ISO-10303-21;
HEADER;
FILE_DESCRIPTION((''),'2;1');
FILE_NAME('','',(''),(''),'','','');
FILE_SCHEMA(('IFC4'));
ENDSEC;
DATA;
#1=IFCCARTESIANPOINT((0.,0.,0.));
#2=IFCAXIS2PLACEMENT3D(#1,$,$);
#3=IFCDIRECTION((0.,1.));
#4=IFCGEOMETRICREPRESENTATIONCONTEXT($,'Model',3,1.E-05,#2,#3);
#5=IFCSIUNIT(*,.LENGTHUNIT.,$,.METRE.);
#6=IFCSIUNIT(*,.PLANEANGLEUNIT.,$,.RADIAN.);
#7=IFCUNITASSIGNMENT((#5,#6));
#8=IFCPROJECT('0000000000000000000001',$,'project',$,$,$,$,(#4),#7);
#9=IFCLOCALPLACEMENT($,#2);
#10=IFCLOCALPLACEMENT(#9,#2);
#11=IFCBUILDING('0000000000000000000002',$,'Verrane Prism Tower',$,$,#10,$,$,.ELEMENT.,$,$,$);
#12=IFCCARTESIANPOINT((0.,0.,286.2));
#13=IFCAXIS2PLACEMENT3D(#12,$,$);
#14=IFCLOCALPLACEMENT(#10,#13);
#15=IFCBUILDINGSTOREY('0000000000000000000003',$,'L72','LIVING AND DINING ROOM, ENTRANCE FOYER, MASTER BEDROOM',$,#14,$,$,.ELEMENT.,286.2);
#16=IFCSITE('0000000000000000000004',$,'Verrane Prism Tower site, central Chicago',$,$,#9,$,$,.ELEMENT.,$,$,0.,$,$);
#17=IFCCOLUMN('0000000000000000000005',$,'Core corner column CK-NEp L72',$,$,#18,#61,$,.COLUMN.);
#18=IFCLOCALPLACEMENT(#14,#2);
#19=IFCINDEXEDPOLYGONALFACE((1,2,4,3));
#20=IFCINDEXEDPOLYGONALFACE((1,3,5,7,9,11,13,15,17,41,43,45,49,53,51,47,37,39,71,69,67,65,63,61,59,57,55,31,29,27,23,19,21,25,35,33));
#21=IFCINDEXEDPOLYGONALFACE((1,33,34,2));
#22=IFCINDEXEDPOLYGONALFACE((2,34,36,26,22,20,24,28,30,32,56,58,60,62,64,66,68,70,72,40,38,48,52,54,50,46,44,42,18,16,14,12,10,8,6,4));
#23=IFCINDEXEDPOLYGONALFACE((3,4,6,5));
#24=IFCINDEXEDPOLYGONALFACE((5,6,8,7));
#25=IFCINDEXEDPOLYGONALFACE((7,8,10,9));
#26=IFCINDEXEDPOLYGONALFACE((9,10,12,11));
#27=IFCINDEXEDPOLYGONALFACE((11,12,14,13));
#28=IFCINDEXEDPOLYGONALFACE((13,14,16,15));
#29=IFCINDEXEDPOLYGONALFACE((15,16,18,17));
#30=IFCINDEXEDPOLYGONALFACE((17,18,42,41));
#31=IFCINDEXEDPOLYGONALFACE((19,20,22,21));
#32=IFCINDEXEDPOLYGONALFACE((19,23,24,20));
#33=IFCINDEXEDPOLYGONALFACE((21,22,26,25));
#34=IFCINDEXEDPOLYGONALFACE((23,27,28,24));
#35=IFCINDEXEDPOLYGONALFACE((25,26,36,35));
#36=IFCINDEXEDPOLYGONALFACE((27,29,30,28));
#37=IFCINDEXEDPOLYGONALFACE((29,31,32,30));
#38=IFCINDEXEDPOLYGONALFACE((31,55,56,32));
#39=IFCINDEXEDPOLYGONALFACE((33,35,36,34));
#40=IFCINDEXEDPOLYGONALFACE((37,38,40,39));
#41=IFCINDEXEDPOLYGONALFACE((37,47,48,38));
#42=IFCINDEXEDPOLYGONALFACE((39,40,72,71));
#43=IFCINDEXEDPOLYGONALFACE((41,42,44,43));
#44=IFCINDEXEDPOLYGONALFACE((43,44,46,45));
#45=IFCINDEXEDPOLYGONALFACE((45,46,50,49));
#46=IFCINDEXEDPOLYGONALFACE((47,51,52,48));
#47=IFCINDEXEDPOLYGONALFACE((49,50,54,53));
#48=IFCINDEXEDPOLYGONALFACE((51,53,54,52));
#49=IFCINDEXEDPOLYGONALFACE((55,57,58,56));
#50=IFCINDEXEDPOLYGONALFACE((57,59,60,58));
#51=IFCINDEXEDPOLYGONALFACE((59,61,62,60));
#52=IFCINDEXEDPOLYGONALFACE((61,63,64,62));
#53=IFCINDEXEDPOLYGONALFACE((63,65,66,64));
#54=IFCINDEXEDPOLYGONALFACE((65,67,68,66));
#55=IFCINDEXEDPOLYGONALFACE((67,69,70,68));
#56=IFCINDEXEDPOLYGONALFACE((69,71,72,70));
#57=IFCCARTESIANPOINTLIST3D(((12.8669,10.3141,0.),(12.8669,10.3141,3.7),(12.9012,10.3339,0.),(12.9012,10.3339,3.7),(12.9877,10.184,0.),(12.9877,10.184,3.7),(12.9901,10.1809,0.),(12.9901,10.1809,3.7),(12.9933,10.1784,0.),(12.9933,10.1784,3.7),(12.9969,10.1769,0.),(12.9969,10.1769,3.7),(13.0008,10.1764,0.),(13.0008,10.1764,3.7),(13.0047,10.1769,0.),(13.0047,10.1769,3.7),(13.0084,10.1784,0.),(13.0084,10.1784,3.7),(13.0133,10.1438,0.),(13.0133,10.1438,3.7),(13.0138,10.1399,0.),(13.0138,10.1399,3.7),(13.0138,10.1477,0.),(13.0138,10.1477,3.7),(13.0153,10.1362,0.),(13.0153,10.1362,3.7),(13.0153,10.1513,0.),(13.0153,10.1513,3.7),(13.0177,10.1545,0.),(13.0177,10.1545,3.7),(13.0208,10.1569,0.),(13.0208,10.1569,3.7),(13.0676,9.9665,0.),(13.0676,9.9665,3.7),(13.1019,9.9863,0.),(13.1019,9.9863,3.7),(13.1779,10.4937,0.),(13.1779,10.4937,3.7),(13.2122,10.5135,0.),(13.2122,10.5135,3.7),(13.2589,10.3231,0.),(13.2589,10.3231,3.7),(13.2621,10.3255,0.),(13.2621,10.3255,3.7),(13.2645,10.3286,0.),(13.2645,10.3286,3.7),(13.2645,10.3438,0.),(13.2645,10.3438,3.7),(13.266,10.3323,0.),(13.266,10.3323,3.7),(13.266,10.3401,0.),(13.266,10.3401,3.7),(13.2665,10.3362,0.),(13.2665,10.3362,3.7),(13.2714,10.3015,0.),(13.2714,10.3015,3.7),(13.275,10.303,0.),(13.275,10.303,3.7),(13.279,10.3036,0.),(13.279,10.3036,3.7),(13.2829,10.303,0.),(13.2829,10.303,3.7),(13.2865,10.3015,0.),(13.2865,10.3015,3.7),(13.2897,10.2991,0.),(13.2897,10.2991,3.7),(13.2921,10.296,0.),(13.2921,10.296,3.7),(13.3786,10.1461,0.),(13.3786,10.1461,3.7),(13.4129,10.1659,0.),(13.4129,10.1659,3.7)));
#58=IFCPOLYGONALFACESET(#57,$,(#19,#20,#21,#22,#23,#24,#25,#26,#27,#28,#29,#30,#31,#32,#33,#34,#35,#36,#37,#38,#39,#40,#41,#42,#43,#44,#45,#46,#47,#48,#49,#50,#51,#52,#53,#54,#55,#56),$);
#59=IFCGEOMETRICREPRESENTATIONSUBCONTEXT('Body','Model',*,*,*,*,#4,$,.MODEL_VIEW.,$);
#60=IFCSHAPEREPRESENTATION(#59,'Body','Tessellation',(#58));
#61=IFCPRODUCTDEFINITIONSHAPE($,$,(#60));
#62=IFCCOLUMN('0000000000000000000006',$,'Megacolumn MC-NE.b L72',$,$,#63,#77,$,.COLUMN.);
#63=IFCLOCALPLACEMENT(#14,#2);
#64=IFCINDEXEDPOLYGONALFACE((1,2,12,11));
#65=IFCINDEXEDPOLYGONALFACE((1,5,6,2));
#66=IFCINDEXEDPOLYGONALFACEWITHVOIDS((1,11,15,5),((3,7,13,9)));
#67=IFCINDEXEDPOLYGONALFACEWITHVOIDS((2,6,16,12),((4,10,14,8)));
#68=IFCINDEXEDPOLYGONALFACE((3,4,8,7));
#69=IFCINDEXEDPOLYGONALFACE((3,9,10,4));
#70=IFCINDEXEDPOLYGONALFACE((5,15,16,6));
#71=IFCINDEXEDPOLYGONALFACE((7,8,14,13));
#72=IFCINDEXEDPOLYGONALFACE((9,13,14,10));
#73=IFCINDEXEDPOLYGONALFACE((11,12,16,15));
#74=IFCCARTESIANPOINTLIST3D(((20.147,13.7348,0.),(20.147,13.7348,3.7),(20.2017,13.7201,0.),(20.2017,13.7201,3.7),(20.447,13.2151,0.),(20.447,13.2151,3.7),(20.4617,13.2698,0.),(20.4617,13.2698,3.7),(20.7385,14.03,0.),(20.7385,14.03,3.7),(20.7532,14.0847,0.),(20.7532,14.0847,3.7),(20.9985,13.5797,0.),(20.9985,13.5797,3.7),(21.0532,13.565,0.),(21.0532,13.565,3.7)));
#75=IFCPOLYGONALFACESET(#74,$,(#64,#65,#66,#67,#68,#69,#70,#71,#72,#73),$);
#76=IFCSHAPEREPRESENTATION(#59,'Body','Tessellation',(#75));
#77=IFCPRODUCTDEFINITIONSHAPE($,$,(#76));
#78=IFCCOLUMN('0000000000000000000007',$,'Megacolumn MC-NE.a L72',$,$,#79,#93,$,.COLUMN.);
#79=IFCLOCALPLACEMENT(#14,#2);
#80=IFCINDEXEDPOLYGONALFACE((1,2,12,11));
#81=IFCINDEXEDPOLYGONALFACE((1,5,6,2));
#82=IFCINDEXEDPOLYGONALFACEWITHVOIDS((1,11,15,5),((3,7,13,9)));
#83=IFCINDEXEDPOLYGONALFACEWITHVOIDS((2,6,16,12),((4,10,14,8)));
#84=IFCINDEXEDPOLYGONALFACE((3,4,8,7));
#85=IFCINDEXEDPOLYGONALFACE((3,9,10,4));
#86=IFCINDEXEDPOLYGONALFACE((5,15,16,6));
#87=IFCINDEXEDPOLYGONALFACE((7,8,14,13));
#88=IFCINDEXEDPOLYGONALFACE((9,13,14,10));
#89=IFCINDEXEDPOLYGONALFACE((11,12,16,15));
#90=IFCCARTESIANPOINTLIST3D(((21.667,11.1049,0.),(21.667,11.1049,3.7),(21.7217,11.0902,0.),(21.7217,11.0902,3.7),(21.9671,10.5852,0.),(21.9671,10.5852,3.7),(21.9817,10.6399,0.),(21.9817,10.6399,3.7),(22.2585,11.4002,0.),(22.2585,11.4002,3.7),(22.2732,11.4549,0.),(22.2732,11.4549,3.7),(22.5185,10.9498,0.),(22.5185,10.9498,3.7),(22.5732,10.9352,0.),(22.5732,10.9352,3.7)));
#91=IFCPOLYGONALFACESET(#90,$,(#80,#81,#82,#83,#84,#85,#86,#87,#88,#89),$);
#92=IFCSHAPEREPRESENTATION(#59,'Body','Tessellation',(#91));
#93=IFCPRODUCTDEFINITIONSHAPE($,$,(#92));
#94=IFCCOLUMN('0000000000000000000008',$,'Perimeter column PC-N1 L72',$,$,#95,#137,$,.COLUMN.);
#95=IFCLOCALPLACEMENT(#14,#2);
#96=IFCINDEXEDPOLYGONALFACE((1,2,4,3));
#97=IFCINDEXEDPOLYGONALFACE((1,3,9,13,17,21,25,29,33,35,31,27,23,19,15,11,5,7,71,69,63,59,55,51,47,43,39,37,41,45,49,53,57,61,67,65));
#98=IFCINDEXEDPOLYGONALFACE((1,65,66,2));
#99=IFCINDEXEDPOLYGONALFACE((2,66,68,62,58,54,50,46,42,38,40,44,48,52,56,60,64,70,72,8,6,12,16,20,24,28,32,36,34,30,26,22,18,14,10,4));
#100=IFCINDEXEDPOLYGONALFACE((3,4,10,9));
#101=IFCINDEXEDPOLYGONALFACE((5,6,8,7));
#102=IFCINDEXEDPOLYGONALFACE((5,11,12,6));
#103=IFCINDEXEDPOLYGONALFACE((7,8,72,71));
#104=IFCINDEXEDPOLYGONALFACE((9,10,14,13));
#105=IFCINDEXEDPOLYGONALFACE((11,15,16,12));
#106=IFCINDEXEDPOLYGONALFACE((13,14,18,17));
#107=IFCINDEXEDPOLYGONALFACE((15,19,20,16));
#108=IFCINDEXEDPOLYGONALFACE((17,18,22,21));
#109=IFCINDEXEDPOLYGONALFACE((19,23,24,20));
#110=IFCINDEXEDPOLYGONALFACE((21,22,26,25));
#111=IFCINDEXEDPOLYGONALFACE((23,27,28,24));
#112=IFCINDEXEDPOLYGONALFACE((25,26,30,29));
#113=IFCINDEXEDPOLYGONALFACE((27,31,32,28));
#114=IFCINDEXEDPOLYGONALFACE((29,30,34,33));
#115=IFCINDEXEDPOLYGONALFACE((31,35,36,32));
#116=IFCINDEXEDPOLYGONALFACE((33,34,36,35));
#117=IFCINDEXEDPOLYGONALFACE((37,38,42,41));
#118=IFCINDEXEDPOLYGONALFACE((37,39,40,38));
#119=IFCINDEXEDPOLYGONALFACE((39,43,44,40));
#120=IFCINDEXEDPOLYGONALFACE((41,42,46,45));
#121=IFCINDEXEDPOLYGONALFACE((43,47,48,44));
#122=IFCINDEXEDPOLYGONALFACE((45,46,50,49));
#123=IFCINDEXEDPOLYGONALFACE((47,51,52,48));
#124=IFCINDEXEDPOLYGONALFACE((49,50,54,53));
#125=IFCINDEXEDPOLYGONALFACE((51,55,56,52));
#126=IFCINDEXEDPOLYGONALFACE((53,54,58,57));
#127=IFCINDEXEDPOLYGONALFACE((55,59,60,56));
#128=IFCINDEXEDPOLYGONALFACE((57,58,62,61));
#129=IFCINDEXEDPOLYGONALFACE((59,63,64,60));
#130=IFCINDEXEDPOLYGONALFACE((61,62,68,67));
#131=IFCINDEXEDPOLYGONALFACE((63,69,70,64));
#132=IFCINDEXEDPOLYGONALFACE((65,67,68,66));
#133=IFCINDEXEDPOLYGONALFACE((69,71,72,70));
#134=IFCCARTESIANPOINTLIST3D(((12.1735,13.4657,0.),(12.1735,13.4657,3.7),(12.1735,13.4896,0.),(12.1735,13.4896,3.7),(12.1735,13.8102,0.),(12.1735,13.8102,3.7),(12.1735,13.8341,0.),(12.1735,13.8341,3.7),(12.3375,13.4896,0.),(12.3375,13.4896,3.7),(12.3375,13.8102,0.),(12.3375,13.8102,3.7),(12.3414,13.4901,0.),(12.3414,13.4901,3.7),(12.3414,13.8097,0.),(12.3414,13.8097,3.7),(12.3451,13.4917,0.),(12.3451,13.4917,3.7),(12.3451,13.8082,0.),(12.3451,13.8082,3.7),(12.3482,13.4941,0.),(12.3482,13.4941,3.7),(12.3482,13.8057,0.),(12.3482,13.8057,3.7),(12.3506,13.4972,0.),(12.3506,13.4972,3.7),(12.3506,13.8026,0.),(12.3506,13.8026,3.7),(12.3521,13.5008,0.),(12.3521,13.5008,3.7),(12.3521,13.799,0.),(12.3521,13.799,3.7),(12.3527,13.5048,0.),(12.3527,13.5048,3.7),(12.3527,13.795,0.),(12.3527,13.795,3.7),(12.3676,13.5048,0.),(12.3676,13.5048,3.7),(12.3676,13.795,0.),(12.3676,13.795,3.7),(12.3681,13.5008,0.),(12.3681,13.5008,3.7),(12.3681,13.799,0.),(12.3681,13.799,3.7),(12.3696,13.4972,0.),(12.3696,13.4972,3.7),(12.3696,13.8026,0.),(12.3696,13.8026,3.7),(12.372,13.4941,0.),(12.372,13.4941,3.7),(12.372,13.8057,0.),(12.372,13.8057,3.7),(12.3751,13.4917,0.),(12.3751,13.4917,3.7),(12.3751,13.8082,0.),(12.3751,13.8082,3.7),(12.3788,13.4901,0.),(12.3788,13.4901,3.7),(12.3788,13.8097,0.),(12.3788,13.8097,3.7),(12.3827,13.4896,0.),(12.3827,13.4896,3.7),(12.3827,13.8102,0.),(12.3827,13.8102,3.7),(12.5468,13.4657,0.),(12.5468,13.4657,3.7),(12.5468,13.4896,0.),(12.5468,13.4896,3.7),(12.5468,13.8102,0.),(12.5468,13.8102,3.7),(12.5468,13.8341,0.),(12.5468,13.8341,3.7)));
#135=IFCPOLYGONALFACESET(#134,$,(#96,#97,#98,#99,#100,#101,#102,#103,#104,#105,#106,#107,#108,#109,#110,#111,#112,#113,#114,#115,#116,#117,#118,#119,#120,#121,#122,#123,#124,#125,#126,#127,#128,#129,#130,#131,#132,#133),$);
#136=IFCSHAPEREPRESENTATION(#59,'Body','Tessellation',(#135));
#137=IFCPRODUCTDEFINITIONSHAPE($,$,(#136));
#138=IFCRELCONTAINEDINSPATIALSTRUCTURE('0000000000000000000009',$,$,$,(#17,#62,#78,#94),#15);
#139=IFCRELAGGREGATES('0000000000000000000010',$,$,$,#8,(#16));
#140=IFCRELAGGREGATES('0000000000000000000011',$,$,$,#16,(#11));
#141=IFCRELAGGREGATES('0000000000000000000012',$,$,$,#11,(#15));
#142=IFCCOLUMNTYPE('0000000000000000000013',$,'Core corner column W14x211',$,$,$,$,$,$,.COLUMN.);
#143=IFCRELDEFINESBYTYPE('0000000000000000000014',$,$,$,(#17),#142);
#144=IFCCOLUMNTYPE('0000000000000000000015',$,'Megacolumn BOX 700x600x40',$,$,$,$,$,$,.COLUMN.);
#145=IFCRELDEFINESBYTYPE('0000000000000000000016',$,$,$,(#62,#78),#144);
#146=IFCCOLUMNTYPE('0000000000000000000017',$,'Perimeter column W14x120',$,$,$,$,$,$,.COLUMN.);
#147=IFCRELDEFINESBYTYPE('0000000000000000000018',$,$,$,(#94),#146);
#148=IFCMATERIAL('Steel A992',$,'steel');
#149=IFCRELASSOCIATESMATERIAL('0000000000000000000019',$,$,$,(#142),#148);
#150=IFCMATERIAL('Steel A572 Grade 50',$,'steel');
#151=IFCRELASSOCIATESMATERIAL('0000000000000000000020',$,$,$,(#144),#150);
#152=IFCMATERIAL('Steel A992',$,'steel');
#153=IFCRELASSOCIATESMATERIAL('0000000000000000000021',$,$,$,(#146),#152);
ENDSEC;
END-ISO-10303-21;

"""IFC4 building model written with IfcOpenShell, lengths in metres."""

from ifc_helpers import new_model, si_unit, direction, frame, origin, origin_2d, place, context, subcontext, project, spatial, hollow_rectangle, i_section, extrude, material, material_profile, profile_set, type_object, element, save


model = new_model("IFC4")

# Units and contexts
model_context = context("Model", 3, precision=1e-05, world=origin(), true_north=direction((0.0, 1.0)))
body_context = subcontext(model_context, "Body", "Model", "MODEL_VIEW")
ifc_project = project(units=[si_unit("LENGTHUNIT", "METRE"), si_unit("PLANEANGLEUNIT", "RADIAN")], contexts=[model_context])

# Site, building, storey
site_placement = place(None, origin())
site = spatial("IfcSite", under=ifc_project, at=site_placement, Name="Verrane Prism Tower site, central Chicago", CompositionType="ELEMENT", RefElevation=0.0)
building_placement = place(site_placement, origin())
building = spatial("IfcBuilding", under=site, at=building_placement, Name="Verrane Prism Tower", CompositionType="ELEMENT")
storey_placement = place(building_placement, frame((0.0, 0.0, 286.2)))
storey = spatial("IfcBuildingStorey", under=building, at=storey_placement, Name="L72", Description="LIVING AND DINING ROOM, ENTRANCE FOYER, MASTER BEDROOM", CompositionType="ELEMENT", Elevation=286.2)

# Columns
ifc_material_1 = material(Name="Steel A992", Category="steel")
ifc_material_profile_1 = material_profile(ifc_material_1, i_section(OverallWidth=0.4014, OverallDepth=0.3987, WebThickness=0.0249, FlangeThickness=0.0396, FilletRadius=0.0151, at=origin_2d()), Name="W14x211")
ifc_profile_set_1 = profile_set([ifc_material_profile_1], Name="Steel A992")
column_type_1 = type_object("IfcColumnType", Name="Core corner column W14x211", PredefinedType="COLUMN", material=ifc_profile_set_1)
column_1_placement = place(storey_placement, frame((13.1399, 10.24, 0.0), z_axis=(0.0, 0.0, 1.0), x_axis=(0.5, -0.866025, 0.0)))
element("IfcColumn", 1, at=column_1_placement, inside=storey, type_object=column_type_1, Name="Core corner column CK-NEp L72", PredefinedType="COLUMN", context=body_context, shape_type="SweptSolid", body=[
    extrude(i_section(OverallWidth=0.4014, OverallDepth=0.3987, WebThickness=0.0249, FlangeThickness=0.0396, FilletRadius=0.0151, at=origin_2d()), origin(), (0.0, 0.0, 1.0), 3.7),
])
ifc_material_2 = material(Name="Steel A572 Grade 50", Category="steel")
ifc_material_profile_2 = material_profile(ifc_material_2, hollow_rectangle(XDim=0.6001, YDim=0.7, WallThickness=0.04, at=origin_2d()), Name="BOX 700x600x40")
ifc_profile_set_2 = profile_set([ifc_material_profile_2], Name="Steel A572 Grade 50")
column_type_2 = type_object("IfcColumnType", Name="Megacolumn BOX 700x600x40", PredefinedType="COLUMN", material=ifc_profile_set_2)
for number, where, z_axis, x_axis, name in (
    (2, (20.6001, 13.6499, 0.0), (0.0, 0.0, 1.0), (0.5, -0.866025, 0.0), "Megacolumn MC-NE.b L72"),
    (3, (22.1201, 11.02, 0.0), (0.0, 0.0, 1.0), (0.5, -0.866025, 0.0), "Megacolumn MC-NE.a L72"),
):
    element("IfcColumn", number, at=place(storey_placement, frame(where, z_axis=z_axis, x_axis=x_axis)), inside=storey, type_object=column_type_2, Name=name, PredefinedType="COLUMN", context=body_context, shape_type="SweptSolid", body=[
        extrude(hollow_rectangle(XDim=0.6001, YDim=0.7, WallThickness=0.04, at=origin_2d()), origin(), (0.0, 0.0, 1.0), 3.7),
    ])
ifc_material_3 = material(Name="Steel A992", Category="steel")
ifc_material_profile_3 = material_profile(ifc_material_3, i_section(OverallWidth=0.3733, OverallDepth=0.3684, WebThickness=0.0149, FlangeThickness=0.0239, FilletRadius=0.0151, at=origin_2d()), Name="W14x120")
ifc_profile_set_3 = profile_set([ifc_material_profile_3], Name="Steel A992")
column_type_3 = type_object("IfcColumnType", Name="Perimeter column W14x120", PredefinedType="COLUMN", material=ifc_profile_set_3)
column_2_placement = place(storey_placement, frame((12.3601, 13.6499, 0.0), z_axis=(0.0, 0.0, 1.0), x_axis=(1.0, 0.0, 0.0)))
element("IfcColumn", 4, at=column_2_placement, inside=storey, type_object=column_type_3, Name="Perimeter column PC-N1 L72", PredefinedType="COLUMN", context=body_context, shape_type="SweptSolid", body=[
    extrude(i_section(OverallWidth=0.3733, OverallDepth=0.3684, WebThickness=0.0149, FlangeThickness=0.0239, FilletRadius=0.0151, at=origin_2d()), origin(), (0.0, 0.0, 1.0), 3.7),
])

save(model, "model.ifc")
